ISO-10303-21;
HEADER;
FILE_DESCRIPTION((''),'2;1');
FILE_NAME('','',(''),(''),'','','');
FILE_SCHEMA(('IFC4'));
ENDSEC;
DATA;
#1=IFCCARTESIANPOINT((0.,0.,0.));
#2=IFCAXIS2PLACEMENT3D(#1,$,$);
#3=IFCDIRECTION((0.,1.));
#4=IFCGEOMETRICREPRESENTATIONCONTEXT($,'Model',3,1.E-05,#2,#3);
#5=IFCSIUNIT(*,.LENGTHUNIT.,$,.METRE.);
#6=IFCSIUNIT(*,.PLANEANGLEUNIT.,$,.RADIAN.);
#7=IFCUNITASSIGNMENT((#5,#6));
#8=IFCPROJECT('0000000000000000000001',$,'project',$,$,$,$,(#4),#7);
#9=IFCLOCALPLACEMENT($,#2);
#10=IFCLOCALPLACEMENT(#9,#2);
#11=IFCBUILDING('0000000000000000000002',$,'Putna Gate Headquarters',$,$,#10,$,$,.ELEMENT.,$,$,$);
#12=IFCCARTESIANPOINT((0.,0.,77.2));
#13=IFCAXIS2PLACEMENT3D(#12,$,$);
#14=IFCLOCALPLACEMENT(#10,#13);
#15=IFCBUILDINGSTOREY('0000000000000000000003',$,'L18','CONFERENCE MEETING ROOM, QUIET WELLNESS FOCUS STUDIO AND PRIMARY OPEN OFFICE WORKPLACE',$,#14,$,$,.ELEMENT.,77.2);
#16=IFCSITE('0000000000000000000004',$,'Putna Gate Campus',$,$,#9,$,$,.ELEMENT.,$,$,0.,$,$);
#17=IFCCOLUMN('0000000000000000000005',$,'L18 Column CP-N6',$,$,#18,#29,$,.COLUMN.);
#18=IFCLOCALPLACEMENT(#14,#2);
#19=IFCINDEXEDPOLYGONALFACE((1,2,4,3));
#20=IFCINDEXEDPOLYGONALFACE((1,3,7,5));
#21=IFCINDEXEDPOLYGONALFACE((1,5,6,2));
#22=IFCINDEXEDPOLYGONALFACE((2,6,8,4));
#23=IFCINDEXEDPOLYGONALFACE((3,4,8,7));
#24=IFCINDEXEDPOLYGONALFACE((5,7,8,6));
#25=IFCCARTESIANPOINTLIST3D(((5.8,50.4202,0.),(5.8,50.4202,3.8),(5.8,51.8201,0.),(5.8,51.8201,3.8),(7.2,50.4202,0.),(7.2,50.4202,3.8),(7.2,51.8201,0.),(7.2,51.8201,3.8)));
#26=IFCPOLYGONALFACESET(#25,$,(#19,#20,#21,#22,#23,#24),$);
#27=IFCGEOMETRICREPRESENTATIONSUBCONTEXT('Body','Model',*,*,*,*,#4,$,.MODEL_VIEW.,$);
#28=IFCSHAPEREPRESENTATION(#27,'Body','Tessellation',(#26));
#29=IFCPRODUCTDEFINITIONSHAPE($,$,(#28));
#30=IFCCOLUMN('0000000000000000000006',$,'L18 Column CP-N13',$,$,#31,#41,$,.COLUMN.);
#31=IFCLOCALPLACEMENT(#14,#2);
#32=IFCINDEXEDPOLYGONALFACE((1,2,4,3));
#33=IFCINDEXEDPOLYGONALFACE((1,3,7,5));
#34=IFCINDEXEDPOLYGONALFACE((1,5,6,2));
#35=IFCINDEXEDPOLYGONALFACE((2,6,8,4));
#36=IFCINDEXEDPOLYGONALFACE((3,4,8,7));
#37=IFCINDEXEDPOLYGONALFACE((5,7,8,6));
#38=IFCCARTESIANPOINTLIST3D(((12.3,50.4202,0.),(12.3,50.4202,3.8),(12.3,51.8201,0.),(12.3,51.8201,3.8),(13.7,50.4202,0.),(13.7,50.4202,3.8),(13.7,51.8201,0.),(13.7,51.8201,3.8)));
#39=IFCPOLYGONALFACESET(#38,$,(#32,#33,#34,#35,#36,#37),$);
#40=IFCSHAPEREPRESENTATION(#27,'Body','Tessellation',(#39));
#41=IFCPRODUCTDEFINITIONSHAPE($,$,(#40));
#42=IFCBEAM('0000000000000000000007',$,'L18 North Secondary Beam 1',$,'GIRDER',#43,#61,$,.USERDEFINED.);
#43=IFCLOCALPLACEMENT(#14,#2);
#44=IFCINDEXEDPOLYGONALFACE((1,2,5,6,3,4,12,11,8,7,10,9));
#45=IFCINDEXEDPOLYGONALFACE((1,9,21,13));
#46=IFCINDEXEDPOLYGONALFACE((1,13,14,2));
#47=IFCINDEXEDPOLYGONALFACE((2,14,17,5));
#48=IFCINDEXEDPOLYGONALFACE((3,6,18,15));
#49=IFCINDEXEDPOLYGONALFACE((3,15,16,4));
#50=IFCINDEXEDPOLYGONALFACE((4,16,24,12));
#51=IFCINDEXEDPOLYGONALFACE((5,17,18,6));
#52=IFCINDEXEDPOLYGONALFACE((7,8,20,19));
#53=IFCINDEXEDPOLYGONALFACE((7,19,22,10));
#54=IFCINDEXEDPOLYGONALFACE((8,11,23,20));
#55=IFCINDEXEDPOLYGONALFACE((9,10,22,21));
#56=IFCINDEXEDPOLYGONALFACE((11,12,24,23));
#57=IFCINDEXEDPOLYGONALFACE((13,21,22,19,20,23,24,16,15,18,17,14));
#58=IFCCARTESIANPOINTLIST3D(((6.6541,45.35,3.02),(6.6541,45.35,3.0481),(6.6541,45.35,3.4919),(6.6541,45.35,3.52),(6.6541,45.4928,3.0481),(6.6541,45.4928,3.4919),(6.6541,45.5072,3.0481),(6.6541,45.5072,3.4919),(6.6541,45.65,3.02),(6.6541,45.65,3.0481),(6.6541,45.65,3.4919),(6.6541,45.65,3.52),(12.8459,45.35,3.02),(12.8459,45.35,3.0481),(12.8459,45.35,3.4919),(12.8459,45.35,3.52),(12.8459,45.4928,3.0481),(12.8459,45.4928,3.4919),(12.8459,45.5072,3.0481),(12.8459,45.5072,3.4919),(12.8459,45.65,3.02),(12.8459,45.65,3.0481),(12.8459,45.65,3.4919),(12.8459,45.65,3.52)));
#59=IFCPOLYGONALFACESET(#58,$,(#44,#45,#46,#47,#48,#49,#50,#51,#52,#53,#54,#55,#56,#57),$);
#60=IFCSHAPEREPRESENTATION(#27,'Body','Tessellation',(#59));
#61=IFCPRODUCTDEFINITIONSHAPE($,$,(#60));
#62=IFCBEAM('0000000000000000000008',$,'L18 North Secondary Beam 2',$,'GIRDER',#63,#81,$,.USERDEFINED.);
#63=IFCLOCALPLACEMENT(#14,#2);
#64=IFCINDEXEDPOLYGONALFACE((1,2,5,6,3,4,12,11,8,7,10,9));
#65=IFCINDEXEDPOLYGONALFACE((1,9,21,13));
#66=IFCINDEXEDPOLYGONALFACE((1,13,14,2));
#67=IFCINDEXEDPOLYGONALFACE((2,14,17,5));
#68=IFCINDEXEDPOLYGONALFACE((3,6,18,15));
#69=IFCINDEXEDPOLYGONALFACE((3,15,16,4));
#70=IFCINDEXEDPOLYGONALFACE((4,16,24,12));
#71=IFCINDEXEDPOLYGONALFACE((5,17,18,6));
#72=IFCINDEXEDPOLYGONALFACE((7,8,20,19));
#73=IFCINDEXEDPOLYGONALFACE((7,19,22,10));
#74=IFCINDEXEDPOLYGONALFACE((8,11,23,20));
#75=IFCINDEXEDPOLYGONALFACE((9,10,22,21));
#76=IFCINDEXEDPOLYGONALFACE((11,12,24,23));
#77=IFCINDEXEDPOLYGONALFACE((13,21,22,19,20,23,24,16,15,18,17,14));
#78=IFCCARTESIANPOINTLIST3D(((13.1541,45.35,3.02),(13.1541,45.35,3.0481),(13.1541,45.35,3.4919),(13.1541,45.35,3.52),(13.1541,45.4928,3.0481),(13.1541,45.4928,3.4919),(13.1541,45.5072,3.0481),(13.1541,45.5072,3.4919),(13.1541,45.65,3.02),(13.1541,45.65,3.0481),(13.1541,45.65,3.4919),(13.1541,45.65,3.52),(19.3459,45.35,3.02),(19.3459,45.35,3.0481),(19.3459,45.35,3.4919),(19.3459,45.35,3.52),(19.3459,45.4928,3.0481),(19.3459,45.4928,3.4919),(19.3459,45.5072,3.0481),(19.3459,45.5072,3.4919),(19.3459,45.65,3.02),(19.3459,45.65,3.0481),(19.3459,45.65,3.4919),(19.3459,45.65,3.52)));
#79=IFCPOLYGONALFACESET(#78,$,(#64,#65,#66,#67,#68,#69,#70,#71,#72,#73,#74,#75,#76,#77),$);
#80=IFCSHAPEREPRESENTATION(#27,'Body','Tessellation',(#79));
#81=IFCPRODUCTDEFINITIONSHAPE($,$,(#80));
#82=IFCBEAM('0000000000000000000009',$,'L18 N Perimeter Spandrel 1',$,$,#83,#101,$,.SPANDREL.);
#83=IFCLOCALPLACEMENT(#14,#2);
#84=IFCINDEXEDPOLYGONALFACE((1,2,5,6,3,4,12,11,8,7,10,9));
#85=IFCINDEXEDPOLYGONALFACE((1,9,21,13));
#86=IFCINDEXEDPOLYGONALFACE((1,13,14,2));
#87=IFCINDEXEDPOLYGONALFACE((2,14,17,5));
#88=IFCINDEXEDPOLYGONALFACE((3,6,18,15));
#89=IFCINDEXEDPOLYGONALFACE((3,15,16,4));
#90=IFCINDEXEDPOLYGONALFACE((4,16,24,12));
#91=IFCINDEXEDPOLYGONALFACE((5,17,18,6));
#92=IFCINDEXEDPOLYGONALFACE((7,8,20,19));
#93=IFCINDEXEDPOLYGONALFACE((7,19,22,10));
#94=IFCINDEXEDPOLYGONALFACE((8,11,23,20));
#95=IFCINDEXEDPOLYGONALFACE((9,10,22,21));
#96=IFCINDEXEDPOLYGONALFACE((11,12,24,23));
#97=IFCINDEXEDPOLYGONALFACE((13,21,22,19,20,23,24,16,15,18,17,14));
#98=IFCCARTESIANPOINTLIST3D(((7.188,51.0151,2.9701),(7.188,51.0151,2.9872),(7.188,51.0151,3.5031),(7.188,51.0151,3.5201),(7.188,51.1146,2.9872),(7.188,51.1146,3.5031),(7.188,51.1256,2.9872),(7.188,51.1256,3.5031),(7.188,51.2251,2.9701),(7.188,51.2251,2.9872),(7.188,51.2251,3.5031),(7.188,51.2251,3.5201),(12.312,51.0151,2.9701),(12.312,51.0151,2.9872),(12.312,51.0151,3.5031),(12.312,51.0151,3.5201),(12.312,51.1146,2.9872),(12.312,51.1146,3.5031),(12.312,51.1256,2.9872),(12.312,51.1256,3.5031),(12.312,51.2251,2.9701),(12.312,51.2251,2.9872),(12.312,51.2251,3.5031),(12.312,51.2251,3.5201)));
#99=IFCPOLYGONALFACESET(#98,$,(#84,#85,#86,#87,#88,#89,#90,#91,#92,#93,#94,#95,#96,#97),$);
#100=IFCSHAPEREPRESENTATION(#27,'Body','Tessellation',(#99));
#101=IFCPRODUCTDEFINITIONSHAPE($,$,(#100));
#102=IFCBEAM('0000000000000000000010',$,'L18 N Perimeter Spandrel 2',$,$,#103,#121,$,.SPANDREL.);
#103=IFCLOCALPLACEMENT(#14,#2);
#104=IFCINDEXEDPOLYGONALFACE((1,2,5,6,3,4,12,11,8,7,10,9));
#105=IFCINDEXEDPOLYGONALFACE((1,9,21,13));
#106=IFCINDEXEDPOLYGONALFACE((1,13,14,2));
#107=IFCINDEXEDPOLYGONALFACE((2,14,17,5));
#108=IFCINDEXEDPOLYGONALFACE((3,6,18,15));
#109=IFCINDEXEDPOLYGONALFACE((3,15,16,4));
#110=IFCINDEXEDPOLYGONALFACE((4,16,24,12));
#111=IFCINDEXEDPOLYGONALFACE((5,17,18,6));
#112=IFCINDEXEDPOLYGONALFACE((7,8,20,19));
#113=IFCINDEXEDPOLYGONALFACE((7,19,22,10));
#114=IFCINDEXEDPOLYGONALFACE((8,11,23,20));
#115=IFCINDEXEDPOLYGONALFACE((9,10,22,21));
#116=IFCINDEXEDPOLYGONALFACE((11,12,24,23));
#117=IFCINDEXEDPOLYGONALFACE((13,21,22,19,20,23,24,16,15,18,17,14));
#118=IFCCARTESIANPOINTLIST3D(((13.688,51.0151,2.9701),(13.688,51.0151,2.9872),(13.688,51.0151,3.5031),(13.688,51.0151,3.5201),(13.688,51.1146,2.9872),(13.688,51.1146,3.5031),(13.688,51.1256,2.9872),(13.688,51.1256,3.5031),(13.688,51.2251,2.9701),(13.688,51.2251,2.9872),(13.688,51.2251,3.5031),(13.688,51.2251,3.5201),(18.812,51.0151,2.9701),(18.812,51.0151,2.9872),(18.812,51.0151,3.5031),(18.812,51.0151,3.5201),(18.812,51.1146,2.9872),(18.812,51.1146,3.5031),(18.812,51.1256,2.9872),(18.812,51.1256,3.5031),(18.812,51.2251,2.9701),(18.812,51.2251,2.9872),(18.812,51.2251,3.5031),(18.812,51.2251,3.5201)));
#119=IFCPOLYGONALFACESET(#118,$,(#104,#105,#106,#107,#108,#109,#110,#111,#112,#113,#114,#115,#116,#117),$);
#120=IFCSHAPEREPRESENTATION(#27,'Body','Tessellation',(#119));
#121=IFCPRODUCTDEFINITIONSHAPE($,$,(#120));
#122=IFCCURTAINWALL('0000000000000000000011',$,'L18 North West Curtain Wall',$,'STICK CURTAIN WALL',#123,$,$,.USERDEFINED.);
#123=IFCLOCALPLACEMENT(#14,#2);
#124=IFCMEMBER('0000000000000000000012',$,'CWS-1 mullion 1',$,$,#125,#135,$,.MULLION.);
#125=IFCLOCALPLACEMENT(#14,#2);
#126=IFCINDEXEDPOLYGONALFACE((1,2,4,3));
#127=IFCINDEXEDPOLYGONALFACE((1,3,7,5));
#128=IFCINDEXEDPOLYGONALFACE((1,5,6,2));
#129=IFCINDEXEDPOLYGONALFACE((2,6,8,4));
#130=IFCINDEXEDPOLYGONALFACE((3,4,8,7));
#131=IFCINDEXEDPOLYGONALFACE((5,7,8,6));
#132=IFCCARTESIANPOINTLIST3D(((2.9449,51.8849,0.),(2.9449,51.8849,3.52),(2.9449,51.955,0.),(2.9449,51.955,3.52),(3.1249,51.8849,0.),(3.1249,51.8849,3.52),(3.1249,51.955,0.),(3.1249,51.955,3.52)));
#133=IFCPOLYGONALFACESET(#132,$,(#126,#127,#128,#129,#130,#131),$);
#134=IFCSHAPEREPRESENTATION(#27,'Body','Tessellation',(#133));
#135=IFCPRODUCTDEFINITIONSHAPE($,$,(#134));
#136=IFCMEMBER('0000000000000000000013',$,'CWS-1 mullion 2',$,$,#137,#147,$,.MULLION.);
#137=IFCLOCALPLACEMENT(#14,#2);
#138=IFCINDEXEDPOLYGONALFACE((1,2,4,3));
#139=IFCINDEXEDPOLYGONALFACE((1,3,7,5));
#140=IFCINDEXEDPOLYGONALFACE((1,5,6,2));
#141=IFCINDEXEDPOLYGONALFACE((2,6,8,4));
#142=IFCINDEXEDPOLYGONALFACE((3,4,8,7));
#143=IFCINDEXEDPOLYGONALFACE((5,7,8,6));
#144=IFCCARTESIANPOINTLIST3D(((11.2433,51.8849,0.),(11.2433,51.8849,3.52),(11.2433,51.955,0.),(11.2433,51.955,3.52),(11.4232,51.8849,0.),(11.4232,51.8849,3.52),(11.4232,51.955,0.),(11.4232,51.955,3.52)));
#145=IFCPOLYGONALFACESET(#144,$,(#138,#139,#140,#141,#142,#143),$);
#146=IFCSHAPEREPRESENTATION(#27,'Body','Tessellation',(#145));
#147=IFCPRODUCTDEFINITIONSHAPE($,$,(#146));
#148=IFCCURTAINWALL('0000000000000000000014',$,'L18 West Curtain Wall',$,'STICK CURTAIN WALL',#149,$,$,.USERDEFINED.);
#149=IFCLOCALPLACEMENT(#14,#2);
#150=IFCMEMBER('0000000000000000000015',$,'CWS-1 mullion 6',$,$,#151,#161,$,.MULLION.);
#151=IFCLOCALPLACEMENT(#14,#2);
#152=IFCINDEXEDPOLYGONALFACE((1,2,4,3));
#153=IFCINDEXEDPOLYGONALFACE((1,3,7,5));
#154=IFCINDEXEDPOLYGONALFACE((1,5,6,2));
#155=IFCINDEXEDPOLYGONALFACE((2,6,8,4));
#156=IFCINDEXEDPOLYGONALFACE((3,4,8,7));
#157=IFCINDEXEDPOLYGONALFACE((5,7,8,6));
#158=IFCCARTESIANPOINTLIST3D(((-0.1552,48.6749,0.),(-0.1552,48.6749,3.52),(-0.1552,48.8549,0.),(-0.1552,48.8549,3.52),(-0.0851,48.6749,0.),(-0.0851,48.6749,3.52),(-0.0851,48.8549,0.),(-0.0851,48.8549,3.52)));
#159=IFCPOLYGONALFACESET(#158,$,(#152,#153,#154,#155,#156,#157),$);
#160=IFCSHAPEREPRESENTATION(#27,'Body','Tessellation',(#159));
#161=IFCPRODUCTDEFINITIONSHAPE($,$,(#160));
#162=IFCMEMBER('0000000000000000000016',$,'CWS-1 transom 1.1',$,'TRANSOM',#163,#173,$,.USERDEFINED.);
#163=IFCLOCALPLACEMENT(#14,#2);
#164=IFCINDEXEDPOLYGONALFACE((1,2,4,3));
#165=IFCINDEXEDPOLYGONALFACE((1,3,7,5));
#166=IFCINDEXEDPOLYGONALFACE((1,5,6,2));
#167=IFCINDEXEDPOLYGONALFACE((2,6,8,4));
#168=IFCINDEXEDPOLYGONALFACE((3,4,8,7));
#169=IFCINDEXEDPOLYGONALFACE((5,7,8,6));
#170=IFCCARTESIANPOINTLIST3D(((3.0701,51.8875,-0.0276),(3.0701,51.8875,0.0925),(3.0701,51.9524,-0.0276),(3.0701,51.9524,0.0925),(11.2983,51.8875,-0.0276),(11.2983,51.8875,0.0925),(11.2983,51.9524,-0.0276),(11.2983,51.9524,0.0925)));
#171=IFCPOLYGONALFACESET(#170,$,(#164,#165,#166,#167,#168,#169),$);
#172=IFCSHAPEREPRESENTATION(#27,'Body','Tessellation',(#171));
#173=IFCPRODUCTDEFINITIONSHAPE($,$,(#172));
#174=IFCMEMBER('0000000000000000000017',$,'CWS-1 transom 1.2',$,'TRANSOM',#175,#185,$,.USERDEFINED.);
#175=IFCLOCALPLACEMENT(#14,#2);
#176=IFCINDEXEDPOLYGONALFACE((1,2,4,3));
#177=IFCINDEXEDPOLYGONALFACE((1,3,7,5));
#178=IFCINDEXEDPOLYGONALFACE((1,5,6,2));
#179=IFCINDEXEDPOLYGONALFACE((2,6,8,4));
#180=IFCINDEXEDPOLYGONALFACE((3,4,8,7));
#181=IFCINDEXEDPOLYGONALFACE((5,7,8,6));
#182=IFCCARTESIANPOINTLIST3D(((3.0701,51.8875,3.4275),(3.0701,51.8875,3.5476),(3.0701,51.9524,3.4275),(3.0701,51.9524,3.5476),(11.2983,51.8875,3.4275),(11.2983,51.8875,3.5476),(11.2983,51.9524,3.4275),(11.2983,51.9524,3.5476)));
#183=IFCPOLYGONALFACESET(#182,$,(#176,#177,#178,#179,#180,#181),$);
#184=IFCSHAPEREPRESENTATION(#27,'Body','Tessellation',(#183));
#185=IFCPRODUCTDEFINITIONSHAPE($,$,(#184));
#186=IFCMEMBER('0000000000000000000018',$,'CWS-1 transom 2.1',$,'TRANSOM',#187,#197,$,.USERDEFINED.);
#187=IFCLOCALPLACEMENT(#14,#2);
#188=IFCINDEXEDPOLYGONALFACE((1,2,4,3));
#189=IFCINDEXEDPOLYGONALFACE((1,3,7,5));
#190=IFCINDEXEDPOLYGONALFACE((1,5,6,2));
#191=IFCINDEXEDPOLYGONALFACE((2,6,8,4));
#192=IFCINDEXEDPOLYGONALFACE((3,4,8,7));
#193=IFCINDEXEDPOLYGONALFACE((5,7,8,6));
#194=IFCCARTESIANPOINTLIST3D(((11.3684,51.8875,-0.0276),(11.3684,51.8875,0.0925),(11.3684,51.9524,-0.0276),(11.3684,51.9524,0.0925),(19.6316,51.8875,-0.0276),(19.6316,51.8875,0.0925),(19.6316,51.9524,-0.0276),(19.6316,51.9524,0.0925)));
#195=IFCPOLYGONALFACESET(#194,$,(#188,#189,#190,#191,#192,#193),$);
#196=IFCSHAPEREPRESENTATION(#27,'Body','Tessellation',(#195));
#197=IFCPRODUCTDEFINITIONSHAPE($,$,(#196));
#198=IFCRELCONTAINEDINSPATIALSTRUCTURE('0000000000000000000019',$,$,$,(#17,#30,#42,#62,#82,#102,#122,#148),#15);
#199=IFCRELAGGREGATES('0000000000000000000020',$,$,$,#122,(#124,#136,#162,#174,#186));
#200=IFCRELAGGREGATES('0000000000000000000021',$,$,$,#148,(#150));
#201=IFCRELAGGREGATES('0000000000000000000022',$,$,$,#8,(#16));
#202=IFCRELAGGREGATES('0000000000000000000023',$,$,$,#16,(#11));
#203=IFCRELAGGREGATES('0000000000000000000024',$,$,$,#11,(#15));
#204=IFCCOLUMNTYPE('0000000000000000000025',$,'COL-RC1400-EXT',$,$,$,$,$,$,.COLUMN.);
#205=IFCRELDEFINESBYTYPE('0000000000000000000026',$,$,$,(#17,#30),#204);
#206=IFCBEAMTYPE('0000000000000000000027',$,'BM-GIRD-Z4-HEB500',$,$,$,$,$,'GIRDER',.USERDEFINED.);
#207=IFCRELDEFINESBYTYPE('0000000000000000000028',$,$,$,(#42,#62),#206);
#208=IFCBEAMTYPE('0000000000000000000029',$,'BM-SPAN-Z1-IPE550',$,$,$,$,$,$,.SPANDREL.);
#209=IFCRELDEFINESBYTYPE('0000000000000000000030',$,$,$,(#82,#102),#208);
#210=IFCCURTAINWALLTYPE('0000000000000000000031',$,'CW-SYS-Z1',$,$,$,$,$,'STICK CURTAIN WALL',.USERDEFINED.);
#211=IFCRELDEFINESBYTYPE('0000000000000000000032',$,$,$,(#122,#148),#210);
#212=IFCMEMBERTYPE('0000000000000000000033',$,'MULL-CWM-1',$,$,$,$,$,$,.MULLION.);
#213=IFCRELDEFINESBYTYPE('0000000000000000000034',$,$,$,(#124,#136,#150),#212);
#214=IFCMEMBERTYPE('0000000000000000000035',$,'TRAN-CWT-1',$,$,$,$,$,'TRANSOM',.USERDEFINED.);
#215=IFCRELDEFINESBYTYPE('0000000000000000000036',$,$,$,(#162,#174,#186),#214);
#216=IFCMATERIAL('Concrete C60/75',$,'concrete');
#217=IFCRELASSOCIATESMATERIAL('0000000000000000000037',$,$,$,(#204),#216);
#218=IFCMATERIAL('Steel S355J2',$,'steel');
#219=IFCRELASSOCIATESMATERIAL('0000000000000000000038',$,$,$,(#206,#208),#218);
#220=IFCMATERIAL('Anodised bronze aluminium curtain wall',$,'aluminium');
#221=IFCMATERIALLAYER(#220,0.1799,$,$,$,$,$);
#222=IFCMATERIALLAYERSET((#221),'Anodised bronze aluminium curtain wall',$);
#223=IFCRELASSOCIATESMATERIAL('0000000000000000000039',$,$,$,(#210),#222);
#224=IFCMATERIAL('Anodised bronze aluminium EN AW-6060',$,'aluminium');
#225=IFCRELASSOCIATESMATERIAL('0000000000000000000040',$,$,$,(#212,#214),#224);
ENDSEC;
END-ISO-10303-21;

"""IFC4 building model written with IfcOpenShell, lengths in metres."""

from ifc_helpers import new_model, si_unit, direction, frame, origin, origin_2d, place, context, subcontext, project, spatial, rectangle, i_section, extrude, material, layer, layer_set, material_profile, profile_set, type_object, element, aggregate, save


model = new_model("IFC4")

# Units and contexts
model_context = context("Model", 3, precision=1e-05, world=origin(), true_north=direction((0.0, 1.0)))
body_context = subcontext(model_context, "Body", "Model", "MODEL_VIEW")
ifc_project = project(units=[si_unit("LENGTHUNIT", "METRE"), si_unit("PLANEANGLEUNIT", "RADIAN")], contexts=[model_context])

# Site, building, storey
site_placement = place(None, origin())
site = spatial("IfcSite", under=ifc_project, at=site_placement, Name="Putna Gate Campus", CompositionType="ELEMENT", RefElevation=0.0)
building_placement = place(site_placement, origin())
building = spatial("IfcBuilding", under=site, at=building_placement, Name="Putna Gate Headquarters", CompositionType="ELEMENT")
storey_placement = place(building_placement, frame((0.0, 0.0, 77.2)))
storey = spatial("IfcBuildingStorey", under=building, at=storey_placement, Name="L18", Description="CONFERENCE MEETING ROOM, QUIET WELLNESS FOCUS STUDIO AND PRIMARY OPEN OFFICE WORKPLACE", CompositionType="ELEMENT", Elevation=77.2)

# Columns
ifc_material_1 = material(Name="Concrete C60/75", Category="concrete")
ifc_material_profile_1 = material_profile(ifc_material_1, rectangle(XDim=1.3999, YDim=1.3999, at=origin_2d()), Name="Concrete C60/75")
ifc_profile_set_1 = profile_set([ifc_material_profile_1], Name="Concrete C60/75")
column_type = type_object("IfcColumnType", Name="COL-RC1400-EXT", PredefinedType="COLUMN", material=ifc_profile_set_1)
for number, where, z_axis, x_axis, name in (
    (1, (6.5, 51.1201, 0.0), (0.0, 0.0, 1.0), (1.0, 0.0, 0.0), "L18 Column CP-N6"),
    (2, (13.0, 51.1201, 0.0), (0.0, 0.0, 1.0), (1.0, 0.0, 0.0), "L18 Column CP-N13"),
):
    element("IfcColumn", number, at=place(storey_placement, frame(where, z_axis=z_axis, x_axis=x_axis)), inside=storey, type_object=column_type, Name=name, PredefinedType="COLUMN", context=body_context, shape_type="SweptSolid", body=[
        extrude(rectangle(XDim=1.3999, YDim=1.3999, at=origin_2d()), origin(), (0.0, 0.0, 1.0), 3.8),
    ])

# Beams
ifc_material_2 = material(Name="Steel S355J2", Category="steel")
ifc_material_profile_2 = material_profile(ifc_material_2, i_section(OverallWidth=0.3, OverallDepth=0.5, WebThickness=0.0144, FlangeThickness=0.0281, at=origin_2d()), Name="Steel S355J2")
ifc_profile_set_2 = profile_set([ifc_material_profile_2], Name="Steel S355J2")
beam_type_1 = type_object("IfcBeamType", Name="BM-GIRD-Z4-HEB500", ElementType="GIRDER", PredefinedType="USERDEFINED", material=ifc_profile_set_2)
for number, where, z_axis, x_axis, name in (
    (3, (6.6541, 45.5, 3.27), (1.0, 0.0, 0.0), (0.0, 1.0, 0.0), "L18 North Secondary Beam 1"),
    (4, (13.1541, 45.5, 3.27), (1.0, 0.0, 0.0), (0.0, 1.0, 0.0), "L18 North Secondary Beam 2"),
):
    element("IfcBeam", number, at=place(storey_placement, frame(where, z_axis=z_axis, x_axis=x_axis)), inside=storey, type_object=beam_type_1, Name=name, ObjectType="GIRDER", PredefinedType="USERDEFINED", context=body_context, shape_type="SweptSolid", body=[
        extrude(i_section(OverallWidth=0.3, OverallDepth=0.5, WebThickness=0.0144, FlangeThickness=0.0281, at=origin_2d()), origin(), (0.0, 0.0, 1.0), 6.1919),
    ])
ifc_material_profile_3 = material_profile(ifc_material_2, i_section(OverallWidth=0.21, OverallDepth=0.55, WebThickness=0.011, FlangeThickness=0.0171, at=origin_2d()), Name="Steel S355J2")
ifc_profile_set_3 = profile_set([ifc_material_profile_3], Name="Steel S355J2")
beam_type_2 = type_object("IfcBeamType", Name="BM-SPAN-Z1-IPE550", PredefinedType="SPANDREL", material=ifc_profile_set_3)
for number, where, z_axis, x_axis, name in (
    (5, (7.188, 51.1201, 3.2451), (1.0, 0.0, 0.0), (0.0, 1.0, 0.0), "L18 N Perimeter Spandrel 1"),
    (6, (13.688, 51.1201, 3.2451), (1.0, 0.0, 0.0), (0.0, 1.0, 0.0), "L18 N Perimeter Spandrel 2"),
):
    element("IfcBeam", number, at=place(storey_placement, frame(where, z_axis=z_axis, x_axis=x_axis)), inside=storey, type_object=beam_type_2, Name=name, PredefinedType="SPANDREL", context=body_context, shape_type="SweptSolid", body=[
        extrude(i_section(OverallWidth=0.21, OverallDepth=0.55, WebThickness=0.011, FlangeThickness=0.0171, at=origin_2d()), origin(), (0.0, 0.0, 1.0), 5.124),
    ])

# Curtain wall, members
ifc_material_3 = material(Name="Anodised bronze aluminium curtain wall", Category="aluminium")
ifc_layer_1 = layer(ifc_material_3, 0.1799)
ifc_layer_set_1 = layer_set([ifc_layer_1], Name="Anodised bronze aluminium curtain wall")
curtain_wall_type = type_object("IfcCurtainWallType", Name="CW-SYS-Z1", ElementType="STICK CURTAIN WALL", PredefinedType="USERDEFINED", material=ifc_layer_set_1)
curtain_wall_1_placement = place(storey_placement, origin())
curtain_wall_1 = element("IfcCurtainWall", 7, at=curtain_wall_1_placement, inside=storey, type_object=curtain_wall_type, Name="L18 North West Curtain Wall", ObjectType="STICK CURTAIN WALL", PredefinedType="USERDEFINED")
ifc_material_4 = material(Name="Anodised bronze aluminium EN AW-6060", Category="aluminium")
ifc_material_profile_4 = material_profile(ifc_material_4, rectangle(XDim=0.0701, YDim=0.1799, at=origin_2d()), Name="Anodised bronze aluminium EN AW-6060")
ifc_profile_set_4 = profile_set([ifc_material_profile_4], Name="Anodised bronze aluminium EN AW-6060")
member_type_1 = type_object("IfcMemberType", Name="MULL-CWM-1", PredefinedType="MULLION", material=ifc_profile_set_4)
member_1_placement = place(storey_placement, frame((3.0349, 51.9199, 0.0), z_axis=(0.0, 0.0, 1.0), x_axis=(0.0, 1.0, 0.0)))
member_1 = element("IfcMember", 8, at=member_1_placement, type_object=member_type_1, Name="CWS-1 mullion 1", PredefinedType="MULLION", context=body_context, shape_type="SweptSolid", body=[
    extrude(rectangle(XDim=0.0701, YDim=0.1799, at=origin_2d()), origin(), (0.0, 0.0, 1.0), 3.52),
])
member_2_placement = place(storey_placement, frame((11.3333, 51.9199, 0.0), z_axis=(0.0, 0.0, 1.0), x_axis=(0.0, 1.0, 0.0)))
member_2 = element("IfcMember", 9, at=member_2_placement, type_object=member_type_1, Name="CWS-1 mullion 2", PredefinedType="MULLION", context=body_context, shape_type="SweptSolid", body=[
    extrude(rectangle(XDim=0.0701, YDim=0.1799, at=origin_2d()), origin(), (0.0, 0.0, 1.0), 3.52),
])

# Curtain wall, member
curtain_wall_2_placement = place(storey_placement, origin())
curtain_wall_2 = element("IfcCurtainWall", 10, at=curtain_wall_2_placement, inside=storey, type_object=curtain_wall_type, Name="L18 West Curtain Wall", ObjectType="STICK CURTAIN WALL", PredefinedType="USERDEFINED")
member_3_placement = place(storey_placement, frame((-0.1201, 48.7649, 0.0), z_axis=(0.0, 0.0, 1.0), x_axis=(-1.0, 0.0, 0.0)))
member_3 = element("IfcMember", 11, at=member_3_placement, type_object=member_type_1, Name="CWS-1 mullion 6", PredefinedType="MULLION", context=body_context, shape_type="SweptSolid", body=[
    extrude(rectangle(XDim=0.0701, YDim=0.1799, at=origin_2d()), origin(), (0.0, 0.0, 1.0), 3.52),
])

# Members
ifc_material_profile_5 = material_profile(ifc_material_4, rectangle(XDim=0.0649, YDim=0.1201, at=origin_2d()), Name="Anodised bronze aluminium EN AW-6060")
ifc_profile_set_5 = profile_set([ifc_material_profile_5], Name="Anodised bronze aluminium EN AW-6060")
member_type_2 = type_object("IfcMemberType", Name="TRAN-CWT-1", ElementType="TRANSOM", PredefinedType="USERDEFINED", material=ifc_profile_set_5)
member_4_placement = place(storey_placement, frame((3.0701, 51.9199, 0.0325), z_axis=(1.0, 0.0, 0.0), x_axis=(0.0, 1.0, 0.0)))
member_4 = element("IfcMember", 12, at=member_4_placement, type_object=member_type_2, Name="CWS-1 transom 1.1", ObjectType="TRANSOM", PredefinedType="USERDEFINED", context=body_context, shape_type="SweptSolid", body=[
    extrude(rectangle(XDim=0.0649, YDim=0.1201, at=origin_2d()), origin(), (0.0, 0.0, 1.0), 8.2283),
])
member_5_placement = place(storey_placement, frame((3.0701, 51.9199, 3.4875), z_axis=(1.0, 0.0, 0.0), x_axis=(0.0, 1.0, 0.0)))
member_5 = element("IfcMember", 13, at=member_5_placement, type_object=member_type_2, Name="CWS-1 transom 1.2", ObjectType="TRANSOM", PredefinedType="USERDEFINED", context=body_context, shape_type="SweptSolid", body=[
    extrude(rectangle(XDim=0.0649, YDim=0.1201, at=origin_2d()), origin(), (0.0, 0.0, 1.0), 8.2283),
])
member_6_placement = place(storey_placement, frame((11.3684, 51.9199, 0.0325), z_axis=(1.0, 0.0, 0.0), x_axis=(0.0, 1.0, 0.0)))
member_6 = element("IfcMember", 14, at=member_6_placement, type_object=member_type_2, Name="CWS-1 transom 2.1", ObjectType="TRANSOM", PredefinedType="USERDEFINED", context=body_context, shape_type="SweptSolid", body=[
    extrude(rectangle(XDim=0.0649, YDim=0.1201, at=origin_2d()), origin(), (0.0, 0.0, 1.0), 8.2632),
])

aggregate(curtain_wall_1, [member_1, member_2, member_4, member_5, member_6])
aggregate(curtain_wall_2, [member_3])

save(model, "model.ifc")
